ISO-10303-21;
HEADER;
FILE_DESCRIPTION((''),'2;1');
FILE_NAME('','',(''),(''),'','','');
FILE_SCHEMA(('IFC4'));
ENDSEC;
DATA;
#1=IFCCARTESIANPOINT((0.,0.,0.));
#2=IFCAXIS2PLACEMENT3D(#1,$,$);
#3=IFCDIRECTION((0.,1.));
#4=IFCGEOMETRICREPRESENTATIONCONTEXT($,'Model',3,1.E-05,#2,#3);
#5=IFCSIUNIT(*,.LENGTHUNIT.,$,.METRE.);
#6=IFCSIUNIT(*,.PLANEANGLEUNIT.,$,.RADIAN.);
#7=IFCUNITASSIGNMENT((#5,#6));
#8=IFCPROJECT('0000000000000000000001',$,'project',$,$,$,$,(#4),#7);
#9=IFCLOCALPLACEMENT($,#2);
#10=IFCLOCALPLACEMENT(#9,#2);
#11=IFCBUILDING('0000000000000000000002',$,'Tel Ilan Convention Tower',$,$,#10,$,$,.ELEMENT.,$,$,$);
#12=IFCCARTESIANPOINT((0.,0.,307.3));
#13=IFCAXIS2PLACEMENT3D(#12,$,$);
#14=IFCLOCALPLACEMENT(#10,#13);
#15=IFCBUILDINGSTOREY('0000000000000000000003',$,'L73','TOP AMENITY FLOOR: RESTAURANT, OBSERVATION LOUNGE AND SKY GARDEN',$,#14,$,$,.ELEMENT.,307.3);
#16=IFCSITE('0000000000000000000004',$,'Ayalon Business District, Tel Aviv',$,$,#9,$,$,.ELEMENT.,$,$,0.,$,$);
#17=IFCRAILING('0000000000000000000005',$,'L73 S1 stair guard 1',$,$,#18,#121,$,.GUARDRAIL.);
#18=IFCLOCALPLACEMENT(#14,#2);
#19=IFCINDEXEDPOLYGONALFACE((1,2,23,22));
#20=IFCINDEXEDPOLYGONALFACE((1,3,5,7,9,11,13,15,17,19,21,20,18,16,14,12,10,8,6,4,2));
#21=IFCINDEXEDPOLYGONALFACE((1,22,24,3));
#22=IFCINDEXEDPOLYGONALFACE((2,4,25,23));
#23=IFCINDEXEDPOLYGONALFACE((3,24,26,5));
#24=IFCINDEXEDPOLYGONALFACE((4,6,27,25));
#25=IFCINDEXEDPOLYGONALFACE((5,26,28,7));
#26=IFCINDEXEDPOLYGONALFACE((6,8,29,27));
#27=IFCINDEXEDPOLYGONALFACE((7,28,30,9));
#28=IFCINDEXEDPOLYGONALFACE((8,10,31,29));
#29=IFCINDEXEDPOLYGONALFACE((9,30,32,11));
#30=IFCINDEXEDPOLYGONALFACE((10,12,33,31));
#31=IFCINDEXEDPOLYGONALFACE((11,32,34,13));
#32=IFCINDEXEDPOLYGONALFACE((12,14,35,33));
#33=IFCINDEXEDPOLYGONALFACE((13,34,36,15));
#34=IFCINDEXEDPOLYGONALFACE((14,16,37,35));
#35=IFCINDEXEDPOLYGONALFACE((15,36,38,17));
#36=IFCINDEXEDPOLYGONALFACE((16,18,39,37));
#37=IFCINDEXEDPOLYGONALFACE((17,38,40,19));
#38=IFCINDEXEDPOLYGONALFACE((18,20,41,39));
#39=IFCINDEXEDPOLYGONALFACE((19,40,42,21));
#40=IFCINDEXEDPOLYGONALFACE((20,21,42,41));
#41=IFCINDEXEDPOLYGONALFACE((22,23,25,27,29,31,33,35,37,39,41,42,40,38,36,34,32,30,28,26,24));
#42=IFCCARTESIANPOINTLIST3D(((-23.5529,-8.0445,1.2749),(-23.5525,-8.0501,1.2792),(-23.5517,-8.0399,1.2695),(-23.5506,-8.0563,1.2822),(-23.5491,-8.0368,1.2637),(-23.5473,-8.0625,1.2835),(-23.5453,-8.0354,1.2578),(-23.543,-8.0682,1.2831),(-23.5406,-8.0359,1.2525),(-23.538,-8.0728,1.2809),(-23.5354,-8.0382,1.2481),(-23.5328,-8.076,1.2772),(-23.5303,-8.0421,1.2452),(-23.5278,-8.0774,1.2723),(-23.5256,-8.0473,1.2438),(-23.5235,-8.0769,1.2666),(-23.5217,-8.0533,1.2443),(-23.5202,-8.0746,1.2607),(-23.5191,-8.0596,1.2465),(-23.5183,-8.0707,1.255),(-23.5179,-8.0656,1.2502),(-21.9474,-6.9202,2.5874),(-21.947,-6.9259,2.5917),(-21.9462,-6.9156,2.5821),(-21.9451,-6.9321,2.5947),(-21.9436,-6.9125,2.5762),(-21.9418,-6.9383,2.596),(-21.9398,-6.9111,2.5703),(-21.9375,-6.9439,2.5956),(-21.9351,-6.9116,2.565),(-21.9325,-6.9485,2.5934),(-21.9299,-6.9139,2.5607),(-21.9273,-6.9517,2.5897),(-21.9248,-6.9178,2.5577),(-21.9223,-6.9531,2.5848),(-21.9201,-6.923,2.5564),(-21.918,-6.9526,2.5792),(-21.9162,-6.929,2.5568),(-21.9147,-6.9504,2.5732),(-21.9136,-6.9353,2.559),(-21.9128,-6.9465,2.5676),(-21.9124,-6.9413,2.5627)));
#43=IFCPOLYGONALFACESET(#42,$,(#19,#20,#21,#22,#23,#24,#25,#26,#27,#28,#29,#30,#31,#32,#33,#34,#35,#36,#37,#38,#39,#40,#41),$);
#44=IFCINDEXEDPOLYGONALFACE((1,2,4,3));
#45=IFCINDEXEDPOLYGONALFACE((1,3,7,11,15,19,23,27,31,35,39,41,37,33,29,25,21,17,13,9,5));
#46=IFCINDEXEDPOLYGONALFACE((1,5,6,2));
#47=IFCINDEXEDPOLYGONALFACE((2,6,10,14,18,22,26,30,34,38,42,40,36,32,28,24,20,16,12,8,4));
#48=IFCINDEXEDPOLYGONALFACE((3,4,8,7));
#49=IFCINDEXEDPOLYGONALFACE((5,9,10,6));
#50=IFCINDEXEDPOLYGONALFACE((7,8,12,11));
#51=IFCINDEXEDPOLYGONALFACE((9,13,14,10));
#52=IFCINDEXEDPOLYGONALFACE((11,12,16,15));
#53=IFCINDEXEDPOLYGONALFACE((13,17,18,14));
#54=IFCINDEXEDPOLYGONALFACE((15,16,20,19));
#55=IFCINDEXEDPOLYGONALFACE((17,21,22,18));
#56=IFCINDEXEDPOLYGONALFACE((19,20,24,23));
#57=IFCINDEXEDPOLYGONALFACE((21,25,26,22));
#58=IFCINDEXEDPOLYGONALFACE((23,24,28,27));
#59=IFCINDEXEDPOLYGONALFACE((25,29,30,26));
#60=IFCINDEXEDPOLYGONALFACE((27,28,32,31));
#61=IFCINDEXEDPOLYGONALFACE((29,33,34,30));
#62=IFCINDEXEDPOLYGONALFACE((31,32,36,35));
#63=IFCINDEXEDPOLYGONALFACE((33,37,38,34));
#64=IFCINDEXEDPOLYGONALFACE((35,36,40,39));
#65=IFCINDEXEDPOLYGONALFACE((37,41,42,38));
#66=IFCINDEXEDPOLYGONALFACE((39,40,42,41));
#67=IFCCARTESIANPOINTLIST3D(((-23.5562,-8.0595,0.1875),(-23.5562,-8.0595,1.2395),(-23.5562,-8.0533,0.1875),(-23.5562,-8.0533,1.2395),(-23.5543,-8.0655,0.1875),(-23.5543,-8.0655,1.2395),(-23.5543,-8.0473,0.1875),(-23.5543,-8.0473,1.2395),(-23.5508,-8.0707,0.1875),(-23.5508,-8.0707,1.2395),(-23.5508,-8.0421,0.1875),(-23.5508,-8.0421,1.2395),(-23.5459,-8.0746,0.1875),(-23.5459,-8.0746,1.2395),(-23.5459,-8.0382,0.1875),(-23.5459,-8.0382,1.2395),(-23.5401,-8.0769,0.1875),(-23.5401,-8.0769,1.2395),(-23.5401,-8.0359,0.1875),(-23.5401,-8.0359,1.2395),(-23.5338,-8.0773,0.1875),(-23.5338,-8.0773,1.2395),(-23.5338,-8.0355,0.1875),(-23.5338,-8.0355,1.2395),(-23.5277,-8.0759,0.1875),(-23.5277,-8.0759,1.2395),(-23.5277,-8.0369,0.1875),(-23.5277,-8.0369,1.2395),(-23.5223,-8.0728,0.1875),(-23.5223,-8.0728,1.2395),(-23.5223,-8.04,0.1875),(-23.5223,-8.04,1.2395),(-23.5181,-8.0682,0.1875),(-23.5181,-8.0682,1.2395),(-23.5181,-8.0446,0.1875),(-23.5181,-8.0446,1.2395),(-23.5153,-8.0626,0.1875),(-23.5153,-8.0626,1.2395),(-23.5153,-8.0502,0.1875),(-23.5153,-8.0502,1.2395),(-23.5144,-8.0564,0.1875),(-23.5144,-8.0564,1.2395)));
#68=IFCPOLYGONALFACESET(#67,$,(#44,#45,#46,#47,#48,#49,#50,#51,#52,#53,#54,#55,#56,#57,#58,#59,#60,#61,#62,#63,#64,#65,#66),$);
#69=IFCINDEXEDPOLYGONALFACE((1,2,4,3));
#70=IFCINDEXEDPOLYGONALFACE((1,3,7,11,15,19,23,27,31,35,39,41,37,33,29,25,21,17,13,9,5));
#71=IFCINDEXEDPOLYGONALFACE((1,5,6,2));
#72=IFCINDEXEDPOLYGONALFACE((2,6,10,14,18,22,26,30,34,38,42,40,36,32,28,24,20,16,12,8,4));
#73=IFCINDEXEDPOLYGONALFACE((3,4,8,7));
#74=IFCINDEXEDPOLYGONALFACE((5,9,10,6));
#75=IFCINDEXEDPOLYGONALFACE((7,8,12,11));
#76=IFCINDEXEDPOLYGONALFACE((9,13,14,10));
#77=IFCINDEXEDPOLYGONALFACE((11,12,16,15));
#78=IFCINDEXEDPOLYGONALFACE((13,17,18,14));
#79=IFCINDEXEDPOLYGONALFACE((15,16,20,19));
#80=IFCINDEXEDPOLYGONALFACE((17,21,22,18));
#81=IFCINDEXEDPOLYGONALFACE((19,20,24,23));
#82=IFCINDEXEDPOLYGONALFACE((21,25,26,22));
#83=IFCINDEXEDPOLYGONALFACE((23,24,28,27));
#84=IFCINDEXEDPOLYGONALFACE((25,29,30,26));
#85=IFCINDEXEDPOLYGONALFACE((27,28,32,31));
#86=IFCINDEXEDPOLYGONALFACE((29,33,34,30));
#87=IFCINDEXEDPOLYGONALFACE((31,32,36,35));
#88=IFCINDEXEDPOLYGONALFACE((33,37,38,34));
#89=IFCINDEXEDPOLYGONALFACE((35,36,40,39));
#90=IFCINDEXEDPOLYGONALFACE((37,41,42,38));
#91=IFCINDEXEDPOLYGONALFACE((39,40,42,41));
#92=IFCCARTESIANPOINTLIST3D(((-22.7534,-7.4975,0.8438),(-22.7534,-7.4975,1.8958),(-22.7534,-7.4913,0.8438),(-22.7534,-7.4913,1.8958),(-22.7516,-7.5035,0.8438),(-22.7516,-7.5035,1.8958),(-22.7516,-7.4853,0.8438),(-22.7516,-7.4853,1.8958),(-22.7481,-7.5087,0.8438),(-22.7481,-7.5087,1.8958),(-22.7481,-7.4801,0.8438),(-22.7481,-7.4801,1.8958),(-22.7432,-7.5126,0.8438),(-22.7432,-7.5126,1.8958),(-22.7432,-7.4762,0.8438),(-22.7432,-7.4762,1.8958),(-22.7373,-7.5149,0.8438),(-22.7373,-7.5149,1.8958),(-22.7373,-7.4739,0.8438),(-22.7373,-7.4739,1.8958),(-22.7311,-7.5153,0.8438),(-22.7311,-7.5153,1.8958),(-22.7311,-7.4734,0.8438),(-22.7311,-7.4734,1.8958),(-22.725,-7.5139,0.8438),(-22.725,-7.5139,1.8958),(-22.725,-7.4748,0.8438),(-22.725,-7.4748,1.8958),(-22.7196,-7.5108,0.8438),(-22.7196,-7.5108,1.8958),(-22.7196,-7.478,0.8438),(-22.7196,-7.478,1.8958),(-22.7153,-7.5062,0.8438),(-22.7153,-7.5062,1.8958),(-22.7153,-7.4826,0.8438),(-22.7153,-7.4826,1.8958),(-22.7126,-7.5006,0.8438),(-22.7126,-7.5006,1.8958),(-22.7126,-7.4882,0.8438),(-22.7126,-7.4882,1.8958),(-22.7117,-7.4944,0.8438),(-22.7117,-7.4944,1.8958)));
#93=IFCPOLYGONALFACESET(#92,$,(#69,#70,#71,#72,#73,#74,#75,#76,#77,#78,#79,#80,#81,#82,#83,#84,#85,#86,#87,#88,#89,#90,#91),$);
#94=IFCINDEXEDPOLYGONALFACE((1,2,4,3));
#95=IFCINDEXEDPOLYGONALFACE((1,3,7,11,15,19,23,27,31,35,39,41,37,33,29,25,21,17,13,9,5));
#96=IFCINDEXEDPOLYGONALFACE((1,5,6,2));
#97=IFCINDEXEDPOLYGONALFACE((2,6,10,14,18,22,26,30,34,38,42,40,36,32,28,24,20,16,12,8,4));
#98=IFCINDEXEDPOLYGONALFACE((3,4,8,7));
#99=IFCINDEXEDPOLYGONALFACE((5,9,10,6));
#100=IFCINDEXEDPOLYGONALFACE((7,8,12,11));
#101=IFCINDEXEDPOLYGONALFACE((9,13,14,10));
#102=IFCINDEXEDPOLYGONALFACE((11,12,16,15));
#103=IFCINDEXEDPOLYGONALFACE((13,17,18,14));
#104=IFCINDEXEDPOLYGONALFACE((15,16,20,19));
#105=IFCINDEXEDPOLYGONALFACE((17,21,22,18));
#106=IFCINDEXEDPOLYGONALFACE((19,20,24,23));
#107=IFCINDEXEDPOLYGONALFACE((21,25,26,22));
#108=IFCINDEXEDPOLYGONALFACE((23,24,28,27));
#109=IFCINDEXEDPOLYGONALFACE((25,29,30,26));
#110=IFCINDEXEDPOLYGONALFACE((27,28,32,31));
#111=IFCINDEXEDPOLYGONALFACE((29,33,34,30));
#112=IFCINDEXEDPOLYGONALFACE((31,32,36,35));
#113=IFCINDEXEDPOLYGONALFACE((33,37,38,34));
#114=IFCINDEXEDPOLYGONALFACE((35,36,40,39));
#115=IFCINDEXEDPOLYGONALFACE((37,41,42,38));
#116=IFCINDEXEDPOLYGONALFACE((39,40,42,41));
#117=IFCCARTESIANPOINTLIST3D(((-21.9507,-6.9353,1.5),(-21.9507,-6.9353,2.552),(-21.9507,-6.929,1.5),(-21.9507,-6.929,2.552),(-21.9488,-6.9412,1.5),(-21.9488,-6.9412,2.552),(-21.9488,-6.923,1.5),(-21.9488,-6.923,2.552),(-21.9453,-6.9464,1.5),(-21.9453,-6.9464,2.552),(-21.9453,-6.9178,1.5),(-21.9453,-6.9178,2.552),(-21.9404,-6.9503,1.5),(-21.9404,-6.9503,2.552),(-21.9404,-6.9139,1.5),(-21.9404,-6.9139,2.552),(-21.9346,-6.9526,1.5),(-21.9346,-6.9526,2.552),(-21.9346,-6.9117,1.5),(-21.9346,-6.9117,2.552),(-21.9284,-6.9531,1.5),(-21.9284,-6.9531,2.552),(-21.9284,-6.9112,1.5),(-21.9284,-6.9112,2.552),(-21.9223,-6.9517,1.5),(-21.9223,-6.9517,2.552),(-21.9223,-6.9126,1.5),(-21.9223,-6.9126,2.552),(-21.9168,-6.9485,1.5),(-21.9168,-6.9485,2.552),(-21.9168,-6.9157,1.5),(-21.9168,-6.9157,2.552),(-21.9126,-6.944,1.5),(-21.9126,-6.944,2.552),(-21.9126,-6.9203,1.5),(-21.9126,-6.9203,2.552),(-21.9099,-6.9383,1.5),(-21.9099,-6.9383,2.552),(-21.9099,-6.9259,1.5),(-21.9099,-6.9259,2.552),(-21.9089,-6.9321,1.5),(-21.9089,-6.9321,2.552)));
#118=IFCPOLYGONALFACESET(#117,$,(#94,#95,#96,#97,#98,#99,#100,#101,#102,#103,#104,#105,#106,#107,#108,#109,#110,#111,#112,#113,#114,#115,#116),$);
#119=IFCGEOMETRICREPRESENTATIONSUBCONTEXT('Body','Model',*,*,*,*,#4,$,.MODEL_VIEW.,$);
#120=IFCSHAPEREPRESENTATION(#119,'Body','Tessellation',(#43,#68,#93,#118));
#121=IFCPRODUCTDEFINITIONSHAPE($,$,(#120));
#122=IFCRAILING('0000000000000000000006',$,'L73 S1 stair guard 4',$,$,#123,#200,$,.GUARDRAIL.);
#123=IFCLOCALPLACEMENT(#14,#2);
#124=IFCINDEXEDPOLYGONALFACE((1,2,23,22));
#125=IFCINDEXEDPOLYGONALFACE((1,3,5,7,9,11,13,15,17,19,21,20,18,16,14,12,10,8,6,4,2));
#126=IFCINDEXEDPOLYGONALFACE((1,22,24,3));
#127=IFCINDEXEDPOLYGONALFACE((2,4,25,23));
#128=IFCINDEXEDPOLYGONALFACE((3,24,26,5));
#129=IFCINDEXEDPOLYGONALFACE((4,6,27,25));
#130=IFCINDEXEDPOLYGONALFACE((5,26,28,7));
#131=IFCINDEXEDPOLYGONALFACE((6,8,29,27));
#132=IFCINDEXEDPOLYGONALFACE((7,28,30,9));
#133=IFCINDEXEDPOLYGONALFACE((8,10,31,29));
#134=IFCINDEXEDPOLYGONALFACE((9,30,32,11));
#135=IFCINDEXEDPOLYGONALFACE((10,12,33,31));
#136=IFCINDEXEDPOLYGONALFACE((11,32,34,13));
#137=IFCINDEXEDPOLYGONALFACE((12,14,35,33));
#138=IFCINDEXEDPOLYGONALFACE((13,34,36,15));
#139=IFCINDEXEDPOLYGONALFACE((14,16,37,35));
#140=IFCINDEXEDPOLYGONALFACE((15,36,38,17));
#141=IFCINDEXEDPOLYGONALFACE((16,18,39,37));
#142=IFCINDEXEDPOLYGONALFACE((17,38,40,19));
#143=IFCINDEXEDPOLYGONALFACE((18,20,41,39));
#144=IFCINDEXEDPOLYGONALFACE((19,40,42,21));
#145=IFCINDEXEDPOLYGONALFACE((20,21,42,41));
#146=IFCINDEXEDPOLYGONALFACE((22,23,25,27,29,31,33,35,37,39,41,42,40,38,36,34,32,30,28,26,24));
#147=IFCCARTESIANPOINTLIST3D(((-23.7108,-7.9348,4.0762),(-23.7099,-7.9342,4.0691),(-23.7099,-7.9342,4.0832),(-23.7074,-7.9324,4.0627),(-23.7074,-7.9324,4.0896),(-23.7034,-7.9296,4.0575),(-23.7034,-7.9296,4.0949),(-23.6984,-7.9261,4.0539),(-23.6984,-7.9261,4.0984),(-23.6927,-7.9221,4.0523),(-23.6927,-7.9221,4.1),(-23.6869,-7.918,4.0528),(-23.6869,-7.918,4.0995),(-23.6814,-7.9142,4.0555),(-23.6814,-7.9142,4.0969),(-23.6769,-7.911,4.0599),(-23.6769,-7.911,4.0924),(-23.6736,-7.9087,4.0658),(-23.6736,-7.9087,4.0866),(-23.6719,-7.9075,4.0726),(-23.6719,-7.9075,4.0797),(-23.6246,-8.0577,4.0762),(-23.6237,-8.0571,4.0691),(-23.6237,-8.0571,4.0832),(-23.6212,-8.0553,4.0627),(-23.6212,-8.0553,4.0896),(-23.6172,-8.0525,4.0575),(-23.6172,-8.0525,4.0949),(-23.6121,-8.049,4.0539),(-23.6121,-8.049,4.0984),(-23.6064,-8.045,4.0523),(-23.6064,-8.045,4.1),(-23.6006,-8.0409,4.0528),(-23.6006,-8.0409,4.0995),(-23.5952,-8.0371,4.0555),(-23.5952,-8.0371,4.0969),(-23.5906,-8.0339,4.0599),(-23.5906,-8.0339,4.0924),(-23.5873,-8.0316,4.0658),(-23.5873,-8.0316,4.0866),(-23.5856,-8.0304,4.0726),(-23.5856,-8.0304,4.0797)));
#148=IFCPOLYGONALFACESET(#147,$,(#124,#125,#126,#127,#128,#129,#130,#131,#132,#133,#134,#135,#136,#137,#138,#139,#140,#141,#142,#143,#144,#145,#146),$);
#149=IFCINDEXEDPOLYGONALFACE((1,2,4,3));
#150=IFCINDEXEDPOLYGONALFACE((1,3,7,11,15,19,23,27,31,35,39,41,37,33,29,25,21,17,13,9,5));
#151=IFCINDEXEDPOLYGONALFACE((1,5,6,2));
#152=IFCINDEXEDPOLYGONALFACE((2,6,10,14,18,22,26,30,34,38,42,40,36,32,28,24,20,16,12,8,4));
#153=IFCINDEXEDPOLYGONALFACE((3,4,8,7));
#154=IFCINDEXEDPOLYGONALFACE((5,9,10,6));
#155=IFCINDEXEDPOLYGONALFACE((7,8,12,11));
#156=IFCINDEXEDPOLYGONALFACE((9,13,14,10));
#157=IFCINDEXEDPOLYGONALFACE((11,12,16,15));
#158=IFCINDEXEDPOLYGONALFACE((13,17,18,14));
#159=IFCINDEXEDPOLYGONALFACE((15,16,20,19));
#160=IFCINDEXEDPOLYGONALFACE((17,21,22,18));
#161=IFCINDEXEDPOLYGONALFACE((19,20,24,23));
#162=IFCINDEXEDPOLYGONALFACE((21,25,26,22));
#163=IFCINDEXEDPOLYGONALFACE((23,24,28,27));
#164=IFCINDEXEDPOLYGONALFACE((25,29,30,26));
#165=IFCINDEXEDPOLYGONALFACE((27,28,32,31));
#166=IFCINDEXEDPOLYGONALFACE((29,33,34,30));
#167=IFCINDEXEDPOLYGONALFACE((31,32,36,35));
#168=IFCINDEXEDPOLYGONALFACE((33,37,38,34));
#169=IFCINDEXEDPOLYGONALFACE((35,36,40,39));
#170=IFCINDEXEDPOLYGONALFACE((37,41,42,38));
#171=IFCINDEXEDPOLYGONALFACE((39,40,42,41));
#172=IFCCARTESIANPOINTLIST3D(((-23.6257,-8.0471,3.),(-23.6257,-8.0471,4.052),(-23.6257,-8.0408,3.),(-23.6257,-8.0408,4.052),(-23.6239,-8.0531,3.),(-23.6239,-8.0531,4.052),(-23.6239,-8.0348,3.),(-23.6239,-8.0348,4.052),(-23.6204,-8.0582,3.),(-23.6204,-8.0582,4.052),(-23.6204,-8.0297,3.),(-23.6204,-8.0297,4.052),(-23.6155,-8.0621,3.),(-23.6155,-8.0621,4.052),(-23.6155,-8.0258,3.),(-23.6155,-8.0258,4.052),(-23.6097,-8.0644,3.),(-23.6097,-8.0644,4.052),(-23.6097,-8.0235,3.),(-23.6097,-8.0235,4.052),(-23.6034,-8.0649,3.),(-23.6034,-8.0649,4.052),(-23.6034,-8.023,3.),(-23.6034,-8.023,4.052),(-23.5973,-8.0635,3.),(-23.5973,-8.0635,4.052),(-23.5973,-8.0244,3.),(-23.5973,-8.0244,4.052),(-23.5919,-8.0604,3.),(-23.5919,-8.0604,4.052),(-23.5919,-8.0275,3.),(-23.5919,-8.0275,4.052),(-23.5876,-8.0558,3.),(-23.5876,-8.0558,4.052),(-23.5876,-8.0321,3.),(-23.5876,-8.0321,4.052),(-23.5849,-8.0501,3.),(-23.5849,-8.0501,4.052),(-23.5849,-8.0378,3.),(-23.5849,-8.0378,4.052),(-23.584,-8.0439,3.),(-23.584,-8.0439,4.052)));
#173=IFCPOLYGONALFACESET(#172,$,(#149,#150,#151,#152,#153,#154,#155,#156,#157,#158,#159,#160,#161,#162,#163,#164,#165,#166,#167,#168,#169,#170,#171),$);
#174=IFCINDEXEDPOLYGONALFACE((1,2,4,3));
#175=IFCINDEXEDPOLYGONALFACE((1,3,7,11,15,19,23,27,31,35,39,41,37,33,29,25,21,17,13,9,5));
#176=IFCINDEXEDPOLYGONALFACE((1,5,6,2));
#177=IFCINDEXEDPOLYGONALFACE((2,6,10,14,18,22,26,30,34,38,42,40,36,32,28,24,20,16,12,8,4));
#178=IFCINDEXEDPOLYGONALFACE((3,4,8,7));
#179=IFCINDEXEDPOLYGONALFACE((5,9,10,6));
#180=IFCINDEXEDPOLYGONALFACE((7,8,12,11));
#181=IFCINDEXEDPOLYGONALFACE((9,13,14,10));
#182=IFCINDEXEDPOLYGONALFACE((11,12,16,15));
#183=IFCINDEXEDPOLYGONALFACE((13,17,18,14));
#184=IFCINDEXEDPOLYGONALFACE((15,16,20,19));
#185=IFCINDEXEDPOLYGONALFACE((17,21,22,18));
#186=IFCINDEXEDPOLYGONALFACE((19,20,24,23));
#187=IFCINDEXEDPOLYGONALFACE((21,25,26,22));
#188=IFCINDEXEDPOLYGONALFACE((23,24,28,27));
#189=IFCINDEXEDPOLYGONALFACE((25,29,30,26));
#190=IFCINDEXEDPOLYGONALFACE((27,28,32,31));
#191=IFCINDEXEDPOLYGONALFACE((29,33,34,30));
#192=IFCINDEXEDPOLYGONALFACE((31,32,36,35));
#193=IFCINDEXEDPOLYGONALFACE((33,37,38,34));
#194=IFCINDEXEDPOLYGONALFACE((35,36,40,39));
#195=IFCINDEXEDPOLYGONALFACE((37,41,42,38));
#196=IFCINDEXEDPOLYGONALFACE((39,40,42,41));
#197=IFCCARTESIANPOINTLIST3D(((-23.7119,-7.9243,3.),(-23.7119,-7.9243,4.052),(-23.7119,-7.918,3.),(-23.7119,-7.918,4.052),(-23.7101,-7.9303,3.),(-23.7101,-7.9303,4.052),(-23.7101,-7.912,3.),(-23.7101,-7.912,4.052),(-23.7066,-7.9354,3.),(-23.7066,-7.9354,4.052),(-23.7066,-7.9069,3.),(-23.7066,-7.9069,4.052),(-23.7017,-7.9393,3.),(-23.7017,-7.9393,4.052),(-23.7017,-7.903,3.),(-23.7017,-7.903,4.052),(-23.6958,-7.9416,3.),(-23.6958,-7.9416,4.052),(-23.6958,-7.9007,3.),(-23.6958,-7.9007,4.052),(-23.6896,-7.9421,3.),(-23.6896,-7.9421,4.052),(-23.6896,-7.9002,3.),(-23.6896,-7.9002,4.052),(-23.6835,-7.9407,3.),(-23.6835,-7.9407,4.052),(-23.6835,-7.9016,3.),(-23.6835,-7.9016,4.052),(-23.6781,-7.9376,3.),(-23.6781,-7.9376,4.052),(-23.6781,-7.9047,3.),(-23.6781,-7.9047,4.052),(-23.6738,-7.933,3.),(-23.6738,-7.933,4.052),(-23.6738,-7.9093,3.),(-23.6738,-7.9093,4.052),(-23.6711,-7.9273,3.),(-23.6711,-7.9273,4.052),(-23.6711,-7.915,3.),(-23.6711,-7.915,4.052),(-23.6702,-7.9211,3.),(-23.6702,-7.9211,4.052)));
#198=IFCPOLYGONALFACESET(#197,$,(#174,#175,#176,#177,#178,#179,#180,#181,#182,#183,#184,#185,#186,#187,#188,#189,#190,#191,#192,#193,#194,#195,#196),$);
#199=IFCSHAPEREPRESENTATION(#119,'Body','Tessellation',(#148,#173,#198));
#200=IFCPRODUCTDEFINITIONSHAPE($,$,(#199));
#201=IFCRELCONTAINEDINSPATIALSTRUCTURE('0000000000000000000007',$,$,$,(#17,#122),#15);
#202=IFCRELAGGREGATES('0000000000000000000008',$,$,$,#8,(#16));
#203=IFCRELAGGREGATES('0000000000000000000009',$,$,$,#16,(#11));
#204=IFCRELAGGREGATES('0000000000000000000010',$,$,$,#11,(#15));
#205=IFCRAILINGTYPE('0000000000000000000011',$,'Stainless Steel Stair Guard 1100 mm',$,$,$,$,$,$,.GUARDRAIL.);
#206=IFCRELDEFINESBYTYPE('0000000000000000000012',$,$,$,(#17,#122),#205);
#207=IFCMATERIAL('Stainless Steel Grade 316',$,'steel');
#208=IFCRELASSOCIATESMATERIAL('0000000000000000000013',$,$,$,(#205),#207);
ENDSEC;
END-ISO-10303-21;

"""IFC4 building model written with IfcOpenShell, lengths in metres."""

from ifc_helpers import new_model, si_unit, direction, frame, origin, origin_2d, place, context, subcontext, project, spatial, circle, extrude, material, type_object, element, save


model = new_model("IFC4")

# Units and contexts
model_context = context("Model", 3, precision=1e-05, world=origin(), true_north=direction((0.0, 1.0)))
body_context = subcontext(model_context, "Body", "Model", "MODEL_VIEW")
ifc_project = project(units=[si_unit("LENGTHUNIT", "METRE"), si_unit("PLANEANGLEUNIT", "RADIAN")], contexts=[model_context])

# Site, building, storey
site_placement = place(None, origin())
site = spatial("IfcSite", under=ifc_project, at=site_placement, Name="Ayalon Business District, Tel Aviv", CompositionType="ELEMENT", RefElevation=0.0)
building_placement = place(site_placement, origin())
building = spatial("IfcBuilding", under=site, at=building_placement, Name="Tel Ilan Convention Tower", CompositionType="ELEMENT")
storey_placement = place(building_placement, frame((0.0, 0.0, 307.3)))
storey = spatial("IfcBuildingStorey", under=building, at=storey_placement, Name="L73", Description="TOP AMENITY FLOOR: RESTAURANT, OBSERVATION LOUNGE AND SKY GARDEN", CompositionType="ELEMENT", Elevation=307.3)

# Railings
ifc_material_1 = material(Name="Stainless Steel Grade 316", Category="steel")
railing_type_1 = type_object("IfcRailingType", Name="Stainless Steel Stair Guard 1100 mm", PredefinedType="GUARDRAIL", material=ifc_material_1)
railing_1_placement = place(storey_placement, frame((-23.5354, -8.0564, 0.1875)))
element("IfcRailing", 1, at=railing_1_placement, inside=storey, type_object=railing_type_1, Name="L73 S1 stair guard 1", PredefinedType="GUARDRAIL", context=body_context, shape_type="SweptSolid", body=[
    extrude(circle(Radius=0.0239, at=origin_2d()), frame((0.0, 0.0, 1.0762), z_axis=(0.680616, 0.476617, 0.556416), x_axis=(-0.573613, 0.819127, 0.0)), (0.0, 0.0, 1.0), 2.3589),
    extrude(circle(Radius=0.021, at=origin_2d()), origin(), (0.0, 0.0, 1.0), 1.052),
    extrude(circle(Radius=0.021, at=origin_2d()), frame((0.8027, 0.562, 0.6562)), (0.0, 0.0, 1.0), 1.052),
    extrude(circle(Radius=0.021, at=origin_2d()), frame((1.6055, 1.1243, 1.3125)), (0.0, 0.0, 1.0), 1.052),
])
railing_2_placement = place(storey_placement, frame((-23.605, -8.0439, 3.0)))
element("IfcRailing", 2, at=railing_2_placement, inside=storey, type_object=railing_type_1, Name="L73 S1 stair guard 4", PredefinedType="GUARDRAIL", context=body_context, shape_type="SweptSolid", body=[
    extrude(circle(Radius=0.0239, at=origin_2d()), frame((0.0, 0.0, 1.0762), z_axis=(-0.574445, 0.818543, 0.0), x_axis=(-0.818543, -0.574445, 0.0)), (0.0, 0.0, 1.0), 0.1501),
    extrude(circle(Radius=0.021, at=origin_2d()), origin(), (0.0, 0.0, 1.0), 1.052),
    extrude(circle(Radius=0.021, at=origin_2d()), frame((-0.0862, 0.1228, 0.0)), (0.0, 0.0, 1.0), 1.052),
])

save(model, "model.ifc")
